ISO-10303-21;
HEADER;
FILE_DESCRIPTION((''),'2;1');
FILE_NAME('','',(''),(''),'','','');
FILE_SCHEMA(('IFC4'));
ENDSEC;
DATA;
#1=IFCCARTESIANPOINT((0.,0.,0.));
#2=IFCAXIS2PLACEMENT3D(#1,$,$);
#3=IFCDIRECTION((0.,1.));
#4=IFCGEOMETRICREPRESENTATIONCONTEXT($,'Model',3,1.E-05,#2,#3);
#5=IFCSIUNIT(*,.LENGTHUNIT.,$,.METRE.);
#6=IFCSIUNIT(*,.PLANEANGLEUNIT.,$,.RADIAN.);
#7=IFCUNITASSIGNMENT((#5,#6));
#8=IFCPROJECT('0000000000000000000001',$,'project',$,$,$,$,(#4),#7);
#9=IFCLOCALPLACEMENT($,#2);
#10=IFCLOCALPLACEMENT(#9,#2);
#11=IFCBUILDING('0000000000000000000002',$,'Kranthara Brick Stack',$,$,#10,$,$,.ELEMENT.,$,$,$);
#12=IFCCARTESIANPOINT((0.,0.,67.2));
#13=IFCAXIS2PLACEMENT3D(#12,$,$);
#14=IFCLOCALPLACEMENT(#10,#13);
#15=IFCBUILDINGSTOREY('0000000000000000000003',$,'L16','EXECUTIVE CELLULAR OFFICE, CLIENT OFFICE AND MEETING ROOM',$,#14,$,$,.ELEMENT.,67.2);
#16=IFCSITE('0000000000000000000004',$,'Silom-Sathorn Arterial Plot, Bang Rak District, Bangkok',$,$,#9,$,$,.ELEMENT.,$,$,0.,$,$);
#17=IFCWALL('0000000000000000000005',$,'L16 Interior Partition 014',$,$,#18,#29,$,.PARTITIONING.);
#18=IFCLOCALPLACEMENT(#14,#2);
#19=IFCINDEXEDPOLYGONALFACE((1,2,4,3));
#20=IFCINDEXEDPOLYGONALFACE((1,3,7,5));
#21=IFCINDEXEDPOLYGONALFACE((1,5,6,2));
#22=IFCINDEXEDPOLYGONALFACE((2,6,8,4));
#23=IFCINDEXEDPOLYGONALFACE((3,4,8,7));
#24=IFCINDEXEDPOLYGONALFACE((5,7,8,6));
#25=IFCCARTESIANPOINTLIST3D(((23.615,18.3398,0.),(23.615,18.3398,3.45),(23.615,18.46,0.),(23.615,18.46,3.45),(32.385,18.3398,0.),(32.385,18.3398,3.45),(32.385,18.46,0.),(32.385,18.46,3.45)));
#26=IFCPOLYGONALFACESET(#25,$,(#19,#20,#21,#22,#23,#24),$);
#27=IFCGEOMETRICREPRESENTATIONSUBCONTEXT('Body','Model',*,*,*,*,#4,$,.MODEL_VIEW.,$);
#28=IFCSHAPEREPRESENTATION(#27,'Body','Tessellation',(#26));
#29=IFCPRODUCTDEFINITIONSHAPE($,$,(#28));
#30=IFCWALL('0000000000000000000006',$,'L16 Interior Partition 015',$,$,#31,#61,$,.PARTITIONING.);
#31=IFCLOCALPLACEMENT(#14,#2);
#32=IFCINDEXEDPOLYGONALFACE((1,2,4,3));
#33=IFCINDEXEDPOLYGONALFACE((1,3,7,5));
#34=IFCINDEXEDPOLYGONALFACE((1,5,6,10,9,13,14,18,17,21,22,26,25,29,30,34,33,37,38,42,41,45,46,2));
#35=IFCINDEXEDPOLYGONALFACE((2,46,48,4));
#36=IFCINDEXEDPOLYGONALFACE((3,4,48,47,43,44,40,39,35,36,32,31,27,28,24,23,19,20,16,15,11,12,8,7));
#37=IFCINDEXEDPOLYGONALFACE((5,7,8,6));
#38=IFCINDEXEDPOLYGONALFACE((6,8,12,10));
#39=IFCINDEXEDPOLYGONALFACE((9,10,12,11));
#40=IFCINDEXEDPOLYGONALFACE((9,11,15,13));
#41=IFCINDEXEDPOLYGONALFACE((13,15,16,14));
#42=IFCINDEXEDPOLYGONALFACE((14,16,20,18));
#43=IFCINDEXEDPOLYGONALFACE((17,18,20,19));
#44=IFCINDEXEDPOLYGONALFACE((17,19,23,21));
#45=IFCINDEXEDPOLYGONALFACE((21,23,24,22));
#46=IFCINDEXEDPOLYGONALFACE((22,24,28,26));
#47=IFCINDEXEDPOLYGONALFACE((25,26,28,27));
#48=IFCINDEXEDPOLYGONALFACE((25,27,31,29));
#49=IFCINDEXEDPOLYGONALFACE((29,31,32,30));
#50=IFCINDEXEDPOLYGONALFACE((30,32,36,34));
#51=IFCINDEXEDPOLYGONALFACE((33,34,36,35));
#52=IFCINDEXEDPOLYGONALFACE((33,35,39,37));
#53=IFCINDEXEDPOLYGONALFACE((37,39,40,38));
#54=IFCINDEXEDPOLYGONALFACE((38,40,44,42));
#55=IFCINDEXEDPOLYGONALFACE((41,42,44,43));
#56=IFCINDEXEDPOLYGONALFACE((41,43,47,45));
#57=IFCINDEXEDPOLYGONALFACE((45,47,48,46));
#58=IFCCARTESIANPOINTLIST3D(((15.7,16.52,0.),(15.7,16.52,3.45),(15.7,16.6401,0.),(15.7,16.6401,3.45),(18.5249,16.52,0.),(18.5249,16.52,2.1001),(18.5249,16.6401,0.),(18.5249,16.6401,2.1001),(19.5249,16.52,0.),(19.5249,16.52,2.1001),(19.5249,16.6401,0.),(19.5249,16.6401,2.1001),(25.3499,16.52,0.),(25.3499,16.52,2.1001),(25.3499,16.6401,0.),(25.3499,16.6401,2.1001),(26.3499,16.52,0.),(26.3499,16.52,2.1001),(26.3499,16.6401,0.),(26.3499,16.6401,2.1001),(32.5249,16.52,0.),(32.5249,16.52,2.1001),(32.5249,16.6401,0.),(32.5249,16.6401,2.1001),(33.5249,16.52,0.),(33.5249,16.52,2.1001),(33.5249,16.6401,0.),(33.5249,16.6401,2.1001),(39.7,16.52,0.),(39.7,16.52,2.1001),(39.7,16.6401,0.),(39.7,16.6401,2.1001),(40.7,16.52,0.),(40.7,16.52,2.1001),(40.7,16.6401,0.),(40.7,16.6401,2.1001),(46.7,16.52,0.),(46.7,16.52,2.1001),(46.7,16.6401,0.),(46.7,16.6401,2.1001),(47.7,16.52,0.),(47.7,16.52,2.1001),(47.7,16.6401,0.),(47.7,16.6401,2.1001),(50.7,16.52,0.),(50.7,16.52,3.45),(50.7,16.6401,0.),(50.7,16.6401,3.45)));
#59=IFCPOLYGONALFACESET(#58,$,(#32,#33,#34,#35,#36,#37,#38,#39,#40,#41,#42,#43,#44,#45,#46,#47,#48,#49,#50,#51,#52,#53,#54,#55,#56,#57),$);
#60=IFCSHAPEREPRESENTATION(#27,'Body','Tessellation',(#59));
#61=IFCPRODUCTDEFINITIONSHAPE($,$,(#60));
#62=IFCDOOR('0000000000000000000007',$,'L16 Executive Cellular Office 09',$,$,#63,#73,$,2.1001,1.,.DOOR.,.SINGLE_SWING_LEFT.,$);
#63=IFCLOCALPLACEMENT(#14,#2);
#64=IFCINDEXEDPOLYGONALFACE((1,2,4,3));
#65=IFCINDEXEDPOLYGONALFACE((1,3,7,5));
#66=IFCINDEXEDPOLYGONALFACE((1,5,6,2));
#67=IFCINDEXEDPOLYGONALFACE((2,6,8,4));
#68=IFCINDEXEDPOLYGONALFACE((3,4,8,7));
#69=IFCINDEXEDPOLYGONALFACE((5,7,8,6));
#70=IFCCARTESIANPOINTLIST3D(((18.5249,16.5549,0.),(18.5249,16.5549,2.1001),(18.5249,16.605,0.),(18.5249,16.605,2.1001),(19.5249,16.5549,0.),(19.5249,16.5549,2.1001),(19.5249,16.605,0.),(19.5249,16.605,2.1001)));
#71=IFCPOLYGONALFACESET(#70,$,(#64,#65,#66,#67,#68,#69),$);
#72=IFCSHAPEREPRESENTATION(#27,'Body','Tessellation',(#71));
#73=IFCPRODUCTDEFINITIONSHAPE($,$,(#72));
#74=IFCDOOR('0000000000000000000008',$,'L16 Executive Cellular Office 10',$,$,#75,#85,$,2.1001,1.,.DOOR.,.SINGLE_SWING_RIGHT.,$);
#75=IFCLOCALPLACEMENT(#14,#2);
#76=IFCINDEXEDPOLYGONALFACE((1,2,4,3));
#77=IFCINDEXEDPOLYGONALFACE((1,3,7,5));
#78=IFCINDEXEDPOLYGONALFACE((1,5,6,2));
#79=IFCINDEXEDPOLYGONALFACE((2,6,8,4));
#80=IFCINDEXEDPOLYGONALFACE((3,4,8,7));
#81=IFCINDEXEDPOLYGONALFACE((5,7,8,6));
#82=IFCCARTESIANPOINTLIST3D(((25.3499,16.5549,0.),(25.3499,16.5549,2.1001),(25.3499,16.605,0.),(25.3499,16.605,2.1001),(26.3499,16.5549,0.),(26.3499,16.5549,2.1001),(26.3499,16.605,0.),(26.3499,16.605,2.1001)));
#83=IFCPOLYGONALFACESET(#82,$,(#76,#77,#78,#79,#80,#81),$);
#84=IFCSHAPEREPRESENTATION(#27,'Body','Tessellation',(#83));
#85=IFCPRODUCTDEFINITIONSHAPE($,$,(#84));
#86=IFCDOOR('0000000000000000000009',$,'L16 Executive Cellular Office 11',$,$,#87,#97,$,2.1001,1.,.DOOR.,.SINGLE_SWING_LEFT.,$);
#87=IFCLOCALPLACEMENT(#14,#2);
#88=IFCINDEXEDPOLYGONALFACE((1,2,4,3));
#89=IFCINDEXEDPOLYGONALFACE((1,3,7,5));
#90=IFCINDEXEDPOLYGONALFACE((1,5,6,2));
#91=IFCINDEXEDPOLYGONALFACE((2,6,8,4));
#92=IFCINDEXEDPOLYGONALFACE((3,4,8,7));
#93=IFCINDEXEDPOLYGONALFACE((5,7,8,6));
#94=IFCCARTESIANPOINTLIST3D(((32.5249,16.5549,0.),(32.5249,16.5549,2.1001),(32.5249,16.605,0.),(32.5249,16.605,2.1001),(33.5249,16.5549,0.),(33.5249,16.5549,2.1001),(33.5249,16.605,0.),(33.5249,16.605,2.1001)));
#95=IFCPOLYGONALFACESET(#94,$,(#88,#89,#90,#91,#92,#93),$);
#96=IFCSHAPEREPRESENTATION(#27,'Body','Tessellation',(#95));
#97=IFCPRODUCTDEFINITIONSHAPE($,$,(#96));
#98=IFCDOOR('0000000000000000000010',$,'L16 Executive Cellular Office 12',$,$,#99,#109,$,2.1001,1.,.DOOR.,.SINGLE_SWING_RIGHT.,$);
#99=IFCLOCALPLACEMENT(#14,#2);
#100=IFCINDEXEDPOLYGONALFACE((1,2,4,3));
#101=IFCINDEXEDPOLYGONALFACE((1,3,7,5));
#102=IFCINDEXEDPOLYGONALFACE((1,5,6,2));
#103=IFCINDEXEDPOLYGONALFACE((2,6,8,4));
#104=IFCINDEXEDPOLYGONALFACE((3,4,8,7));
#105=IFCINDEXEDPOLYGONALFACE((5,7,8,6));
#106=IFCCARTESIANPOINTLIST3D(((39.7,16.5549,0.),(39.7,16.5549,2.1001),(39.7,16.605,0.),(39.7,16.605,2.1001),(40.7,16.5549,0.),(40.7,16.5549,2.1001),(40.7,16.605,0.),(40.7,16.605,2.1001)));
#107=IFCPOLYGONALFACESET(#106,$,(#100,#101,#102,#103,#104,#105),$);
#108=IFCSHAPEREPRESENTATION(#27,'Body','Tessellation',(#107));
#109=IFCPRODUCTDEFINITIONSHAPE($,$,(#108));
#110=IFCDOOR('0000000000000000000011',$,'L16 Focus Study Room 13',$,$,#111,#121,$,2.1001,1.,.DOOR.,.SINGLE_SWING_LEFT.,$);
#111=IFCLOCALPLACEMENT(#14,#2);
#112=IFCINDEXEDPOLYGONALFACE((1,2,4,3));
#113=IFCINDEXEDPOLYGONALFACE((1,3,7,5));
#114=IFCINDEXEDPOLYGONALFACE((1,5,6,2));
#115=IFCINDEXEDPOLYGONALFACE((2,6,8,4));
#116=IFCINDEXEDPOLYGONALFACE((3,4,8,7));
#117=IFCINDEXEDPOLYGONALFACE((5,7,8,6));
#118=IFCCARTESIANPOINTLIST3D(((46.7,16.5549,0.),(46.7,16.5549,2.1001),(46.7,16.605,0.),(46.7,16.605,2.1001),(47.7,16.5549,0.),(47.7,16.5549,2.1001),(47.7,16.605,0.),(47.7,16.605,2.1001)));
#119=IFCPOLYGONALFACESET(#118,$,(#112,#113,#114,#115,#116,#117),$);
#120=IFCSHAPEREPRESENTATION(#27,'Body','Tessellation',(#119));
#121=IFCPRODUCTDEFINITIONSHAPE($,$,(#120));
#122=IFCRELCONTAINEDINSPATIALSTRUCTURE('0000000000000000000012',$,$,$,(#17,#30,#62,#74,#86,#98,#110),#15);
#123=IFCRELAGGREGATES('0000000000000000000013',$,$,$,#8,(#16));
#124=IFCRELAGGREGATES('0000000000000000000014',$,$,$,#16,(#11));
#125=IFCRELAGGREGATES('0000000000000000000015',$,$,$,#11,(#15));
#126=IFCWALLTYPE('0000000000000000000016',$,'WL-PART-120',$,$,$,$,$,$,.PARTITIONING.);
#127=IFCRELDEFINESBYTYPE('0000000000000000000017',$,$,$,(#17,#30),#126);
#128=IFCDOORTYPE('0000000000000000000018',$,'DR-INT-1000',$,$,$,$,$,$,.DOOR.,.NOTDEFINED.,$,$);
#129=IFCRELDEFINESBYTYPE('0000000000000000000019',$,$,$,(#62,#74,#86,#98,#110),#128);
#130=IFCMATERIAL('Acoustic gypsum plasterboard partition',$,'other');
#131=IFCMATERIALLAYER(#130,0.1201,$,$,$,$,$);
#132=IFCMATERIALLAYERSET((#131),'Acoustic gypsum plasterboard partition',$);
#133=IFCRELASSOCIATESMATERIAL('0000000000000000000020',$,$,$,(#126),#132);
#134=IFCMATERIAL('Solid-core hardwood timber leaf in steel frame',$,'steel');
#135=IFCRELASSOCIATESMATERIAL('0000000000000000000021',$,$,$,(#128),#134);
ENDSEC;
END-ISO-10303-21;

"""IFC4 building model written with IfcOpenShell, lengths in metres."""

from ifc_helpers import new_model, si_unit, direction, frame, frame_2d, origin, place, context, subcontext, project, spatial, rectangle, extrude, material, layer, layer_set, type_object, element, fill, save


model = new_model("IFC4")

# Units and contexts
model_context = context("Model", 3, precision=1e-05, world=origin(), true_north=direction((0.0, 1.0)))
body_context = subcontext(model_context, "Body", "Model", "MODEL_VIEW")
ifc_project = project(units=[si_unit("LENGTHUNIT", "METRE"), si_unit("PLANEANGLEUNIT", "RADIAN")], contexts=[model_context])

# Site, building, storey
site_placement = place(None, origin())
site = spatial("IfcSite", under=ifc_project, at=site_placement, Name="Silom-Sathorn Arterial Plot, Bang Rak District, Bangkok", CompositionType="ELEMENT", RefElevation=0.0)
building_placement = place(site_placement, origin())
building = spatial("IfcBuilding", under=site, at=building_placement, Name="Kranthara Brick Stack", CompositionType="ELEMENT")
storey_placement = place(building_placement, frame((0.0, 0.0, 67.2)))
storey = spatial("IfcBuildingStorey", under=building, at=storey_placement, Name="L16", Description="EXECUTIVE CELLULAR OFFICE, CLIENT OFFICE AND MEETING ROOM", CompositionType="ELEMENT", Elevation=67.2)

# Wall
ifc_material_1 = material(Name="Acoustic gypsum plasterboard partition", Category="other")
ifc_layer_1 = layer(ifc_material_1, 0.1201)
ifc_layer_set_1 = layer_set([ifc_layer_1], Name="Acoustic gypsum plasterboard partition")
wall_type_1 = type_object("IfcWallType", Name="WL-PART-120", PredefinedType="PARTITIONING", material=ifc_layer_set_1)
wall_1_placement = place(storey_placement, frame((23.615, 18.3999, 0.0), z_axis=(0.0, 0.0, 1.0), x_axis=(1.0, 0.0, 0.0)))
element("IfcWall", 1, at=wall_1_placement, inside=storey, type_object=wall_type_1, Name="L16 Interior Partition 014", PredefinedType="PARTITIONING", context=body_context, shape_type="SweptSolid", body=[
    extrude(rectangle(XDim=8.77, YDim=0.1201, at=frame_2d((4.385, 0.0))), origin(), (0.0, 0.0, 1.0), 3.45),
])

# Wall, openings, doors
wall_2_placement = place(storey_placement, frame((15.7, 16.5801, 0.0), z_axis=(0.0, 0.0, 1.0), x_axis=(1.0, 0.0, 0.0)))
wall_2 = element("IfcWall", 2, at=wall_2_placement, inside=storey, type_object=wall_type_1, Name="L16 Interior Partition 015", PredefinedType="PARTITIONING", context=body_context, shape_type="SweptSolid", body=[
    extrude(rectangle(XDim=35.0, YDim=0.1201, at=frame_2d((17.5, 0.0))), origin(), (0.0, 0.0, 1.0), 3.45),
])
opening_1_placement = place(wall_2_placement, frame((2.825, 0.0, 0.0)))
opening_1 = element("IfcOpeningElement", 3, at=opening_1_placement, cuts=wall_2, PredefinedType="OPENING", context=body_context, shape_type="SweptSolid", body=[
    extrude(rectangle(XDim=1.0, YDim=2.1001, at=frame_2d((0.5, 1.05))), frame((0.0, 0.0701, 0.0), z_axis=(0.0, -1.0, 0.0), x_axis=(1.0, 0.0, 0.0)), (0.0, 0.0, 1.0), 0.1401),
])
opening_2_placement = place(wall_2_placement, frame((9.6499, 0.0, 0.0)))
opening_2 = element("IfcOpeningElement", 4, at=opening_2_placement, cuts=wall_2, PredefinedType="OPENING", context=body_context, shape_type="SweptSolid", body=[
    extrude(rectangle(XDim=1.0, YDim=2.1001, at=frame_2d((0.5, 1.05))), frame((0.0, 0.0701, 0.0), z_axis=(0.0, -1.0, 0.0), x_axis=(1.0, 0.0, 0.0)), (0.0, 0.0, 1.0), 0.1401),
])
opening_3_placement = place(wall_2_placement, frame((16.825, 0.0, 0.0)))
opening_3 = element("IfcOpeningElement", 5, at=opening_3_placement, cuts=wall_2, PredefinedType="OPENING", context=body_context, shape_type="SweptSolid", body=[
    extrude(rectangle(XDim=1.0, YDim=2.1001, at=frame_2d((0.5, 1.05))), frame((0.0, 0.0701, 0.0), z_axis=(0.0, -1.0, 0.0), x_axis=(1.0, 0.0, 0.0)), (0.0, 0.0, 1.0), 0.1401),
])
opening_4_placement = place(wall_2_placement, frame((24.0, 0.0, 0.0)))
opening_4 = element("IfcOpeningElement", 6, at=opening_4_placement, cuts=wall_2, PredefinedType="OPENING", context=body_context, shape_type="SweptSolid", body=[
    extrude(rectangle(XDim=1.0, YDim=2.1001, at=frame_2d((0.5, 1.05))), frame((0.0, 0.0701, 0.0), z_axis=(0.0, -1.0, 0.0), x_axis=(1.0, 0.0, 0.0)), (0.0, 0.0, 1.0), 0.1401),
])
opening_5_placement = place(wall_2_placement, frame((31.0, 0.0, 0.0)))
opening_5 = element("IfcOpeningElement", 7, at=opening_5_placement, cuts=wall_2, PredefinedType="OPENING", context=body_context, shape_type="SweptSolid", body=[
    extrude(rectangle(XDim=1.0, YDim=2.1001, at=frame_2d((0.5, 1.05))), frame((0.0, 0.0701, 0.0), z_axis=(0.0, -1.0, 0.0), x_axis=(1.0, 0.0, 0.0)), (0.0, 0.0, 1.0), 0.1401),
])
ifc_material_2 = material(Name="Solid-core hardwood timber leaf in steel frame", Category="steel")
door_type = type_object("IfcDoorType", Name="DR-INT-1000", OperationType="NOTDEFINED", PredefinedType="DOOR", material=ifc_material_2)
door_1_placement = place(opening_1_placement, origin())
door_1 = element("IfcDoor", 8, at=door_1_placement, inside=storey, type_object=door_type, Name="L16 Executive Cellular Office 09", OperationType="SINGLE_SWING_LEFT", OverallHeight=2.1001, OverallWidth=1.0, PredefinedType="DOOR", context=body_context, shape_type="SweptSolid", body=[
    extrude(rectangle(XDim=1.0, YDim=2.1001, at=frame_2d((0.5, 1.05))), frame((0.0, 0.0249, 0.0), z_axis=(0.0, -1.0, 0.0), x_axis=(1.0, 0.0, 0.0)), (0.0, 0.0, 1.0), 0.05),
])
fill(opening_1, door_1)
door_2_placement = place(opening_2_placement, origin())
door_2 = element("IfcDoor", 9, at=door_2_placement, inside=storey, type_object=door_type, Name="L16 Executive Cellular Office 10", OperationType="SINGLE_SWING_RIGHT", OverallHeight=2.1001, OverallWidth=1.0, PredefinedType="DOOR", context=body_context, shape_type="SweptSolid", body=[
    extrude(rectangle(XDim=1.0, YDim=2.1001, at=frame_2d((0.5, 1.05))), frame((0.0, 0.0249, 0.0), z_axis=(0.0, -1.0, 0.0), x_axis=(1.0, 0.0, 0.0)), (0.0, 0.0, 1.0), 0.05),
])
fill(opening_2, door_2)
door_3_placement = place(opening_3_placement, origin())
door_3 = element("IfcDoor", 10, at=door_3_placement, inside=storey, type_object=door_type, Name="L16 Executive Cellular Office 11", OperationType="SINGLE_SWING_LEFT", OverallHeight=2.1001, OverallWidth=1.0, PredefinedType="DOOR", context=body_context, shape_type="SweptSolid", body=[
    extrude(rectangle(XDim=1.0, YDim=2.1001, at=frame_2d((0.5, 1.05))), frame((0.0, 0.0249, 0.0), z_axis=(0.0, -1.0, 0.0), x_axis=(1.0, 0.0, 0.0)), (0.0, 0.0, 1.0), 0.05),
])
fill(opening_3, door_3)
door_4_placement = place(opening_4_placement, origin())
door_4 = element("IfcDoor", 11, at=door_4_placement, inside=storey, type_object=door_type, Name="L16 Executive Cellular Office 12", OperationType="SINGLE_SWING_RIGHT", OverallHeight=2.1001, OverallWidth=1.0, PredefinedType="DOOR", context=body_context, shape_type="SweptSolid", body=[
    extrude(rectangle(XDim=1.0, YDim=2.1001, at=frame_2d((0.5, 1.05))), frame((0.0, 0.0249, 0.0), z_axis=(0.0, -1.0, 0.0), x_axis=(1.0, 0.0, 0.0)), (0.0, 0.0, 1.0), 0.05),
])
fill(opening_4, door_4)
door_5_placement = place(opening_5_placement, origin())
door_5 = element("IfcDoor", 12, at=door_5_placement, inside=storey, type_object=door_type, Name="L16 Focus Study Room 13", OperationType="SINGLE_SWING_LEFT", OverallHeight=2.1001, OverallWidth=1.0, PredefinedType="DOOR", context=body_context, shape_type="SweptSolid", body=[
    extrude(rectangle(XDim=1.0, YDim=2.1001, at=frame_2d((0.5, 1.05))), frame((0.0, 0.0249, 0.0), z_axis=(0.0, -1.0, 0.0), x_axis=(1.0, 0.0, 0.0)), (0.0, 0.0, 1.0), 0.05),
])
fill(opening_5, door_5)

save(model, "model.ifc")
